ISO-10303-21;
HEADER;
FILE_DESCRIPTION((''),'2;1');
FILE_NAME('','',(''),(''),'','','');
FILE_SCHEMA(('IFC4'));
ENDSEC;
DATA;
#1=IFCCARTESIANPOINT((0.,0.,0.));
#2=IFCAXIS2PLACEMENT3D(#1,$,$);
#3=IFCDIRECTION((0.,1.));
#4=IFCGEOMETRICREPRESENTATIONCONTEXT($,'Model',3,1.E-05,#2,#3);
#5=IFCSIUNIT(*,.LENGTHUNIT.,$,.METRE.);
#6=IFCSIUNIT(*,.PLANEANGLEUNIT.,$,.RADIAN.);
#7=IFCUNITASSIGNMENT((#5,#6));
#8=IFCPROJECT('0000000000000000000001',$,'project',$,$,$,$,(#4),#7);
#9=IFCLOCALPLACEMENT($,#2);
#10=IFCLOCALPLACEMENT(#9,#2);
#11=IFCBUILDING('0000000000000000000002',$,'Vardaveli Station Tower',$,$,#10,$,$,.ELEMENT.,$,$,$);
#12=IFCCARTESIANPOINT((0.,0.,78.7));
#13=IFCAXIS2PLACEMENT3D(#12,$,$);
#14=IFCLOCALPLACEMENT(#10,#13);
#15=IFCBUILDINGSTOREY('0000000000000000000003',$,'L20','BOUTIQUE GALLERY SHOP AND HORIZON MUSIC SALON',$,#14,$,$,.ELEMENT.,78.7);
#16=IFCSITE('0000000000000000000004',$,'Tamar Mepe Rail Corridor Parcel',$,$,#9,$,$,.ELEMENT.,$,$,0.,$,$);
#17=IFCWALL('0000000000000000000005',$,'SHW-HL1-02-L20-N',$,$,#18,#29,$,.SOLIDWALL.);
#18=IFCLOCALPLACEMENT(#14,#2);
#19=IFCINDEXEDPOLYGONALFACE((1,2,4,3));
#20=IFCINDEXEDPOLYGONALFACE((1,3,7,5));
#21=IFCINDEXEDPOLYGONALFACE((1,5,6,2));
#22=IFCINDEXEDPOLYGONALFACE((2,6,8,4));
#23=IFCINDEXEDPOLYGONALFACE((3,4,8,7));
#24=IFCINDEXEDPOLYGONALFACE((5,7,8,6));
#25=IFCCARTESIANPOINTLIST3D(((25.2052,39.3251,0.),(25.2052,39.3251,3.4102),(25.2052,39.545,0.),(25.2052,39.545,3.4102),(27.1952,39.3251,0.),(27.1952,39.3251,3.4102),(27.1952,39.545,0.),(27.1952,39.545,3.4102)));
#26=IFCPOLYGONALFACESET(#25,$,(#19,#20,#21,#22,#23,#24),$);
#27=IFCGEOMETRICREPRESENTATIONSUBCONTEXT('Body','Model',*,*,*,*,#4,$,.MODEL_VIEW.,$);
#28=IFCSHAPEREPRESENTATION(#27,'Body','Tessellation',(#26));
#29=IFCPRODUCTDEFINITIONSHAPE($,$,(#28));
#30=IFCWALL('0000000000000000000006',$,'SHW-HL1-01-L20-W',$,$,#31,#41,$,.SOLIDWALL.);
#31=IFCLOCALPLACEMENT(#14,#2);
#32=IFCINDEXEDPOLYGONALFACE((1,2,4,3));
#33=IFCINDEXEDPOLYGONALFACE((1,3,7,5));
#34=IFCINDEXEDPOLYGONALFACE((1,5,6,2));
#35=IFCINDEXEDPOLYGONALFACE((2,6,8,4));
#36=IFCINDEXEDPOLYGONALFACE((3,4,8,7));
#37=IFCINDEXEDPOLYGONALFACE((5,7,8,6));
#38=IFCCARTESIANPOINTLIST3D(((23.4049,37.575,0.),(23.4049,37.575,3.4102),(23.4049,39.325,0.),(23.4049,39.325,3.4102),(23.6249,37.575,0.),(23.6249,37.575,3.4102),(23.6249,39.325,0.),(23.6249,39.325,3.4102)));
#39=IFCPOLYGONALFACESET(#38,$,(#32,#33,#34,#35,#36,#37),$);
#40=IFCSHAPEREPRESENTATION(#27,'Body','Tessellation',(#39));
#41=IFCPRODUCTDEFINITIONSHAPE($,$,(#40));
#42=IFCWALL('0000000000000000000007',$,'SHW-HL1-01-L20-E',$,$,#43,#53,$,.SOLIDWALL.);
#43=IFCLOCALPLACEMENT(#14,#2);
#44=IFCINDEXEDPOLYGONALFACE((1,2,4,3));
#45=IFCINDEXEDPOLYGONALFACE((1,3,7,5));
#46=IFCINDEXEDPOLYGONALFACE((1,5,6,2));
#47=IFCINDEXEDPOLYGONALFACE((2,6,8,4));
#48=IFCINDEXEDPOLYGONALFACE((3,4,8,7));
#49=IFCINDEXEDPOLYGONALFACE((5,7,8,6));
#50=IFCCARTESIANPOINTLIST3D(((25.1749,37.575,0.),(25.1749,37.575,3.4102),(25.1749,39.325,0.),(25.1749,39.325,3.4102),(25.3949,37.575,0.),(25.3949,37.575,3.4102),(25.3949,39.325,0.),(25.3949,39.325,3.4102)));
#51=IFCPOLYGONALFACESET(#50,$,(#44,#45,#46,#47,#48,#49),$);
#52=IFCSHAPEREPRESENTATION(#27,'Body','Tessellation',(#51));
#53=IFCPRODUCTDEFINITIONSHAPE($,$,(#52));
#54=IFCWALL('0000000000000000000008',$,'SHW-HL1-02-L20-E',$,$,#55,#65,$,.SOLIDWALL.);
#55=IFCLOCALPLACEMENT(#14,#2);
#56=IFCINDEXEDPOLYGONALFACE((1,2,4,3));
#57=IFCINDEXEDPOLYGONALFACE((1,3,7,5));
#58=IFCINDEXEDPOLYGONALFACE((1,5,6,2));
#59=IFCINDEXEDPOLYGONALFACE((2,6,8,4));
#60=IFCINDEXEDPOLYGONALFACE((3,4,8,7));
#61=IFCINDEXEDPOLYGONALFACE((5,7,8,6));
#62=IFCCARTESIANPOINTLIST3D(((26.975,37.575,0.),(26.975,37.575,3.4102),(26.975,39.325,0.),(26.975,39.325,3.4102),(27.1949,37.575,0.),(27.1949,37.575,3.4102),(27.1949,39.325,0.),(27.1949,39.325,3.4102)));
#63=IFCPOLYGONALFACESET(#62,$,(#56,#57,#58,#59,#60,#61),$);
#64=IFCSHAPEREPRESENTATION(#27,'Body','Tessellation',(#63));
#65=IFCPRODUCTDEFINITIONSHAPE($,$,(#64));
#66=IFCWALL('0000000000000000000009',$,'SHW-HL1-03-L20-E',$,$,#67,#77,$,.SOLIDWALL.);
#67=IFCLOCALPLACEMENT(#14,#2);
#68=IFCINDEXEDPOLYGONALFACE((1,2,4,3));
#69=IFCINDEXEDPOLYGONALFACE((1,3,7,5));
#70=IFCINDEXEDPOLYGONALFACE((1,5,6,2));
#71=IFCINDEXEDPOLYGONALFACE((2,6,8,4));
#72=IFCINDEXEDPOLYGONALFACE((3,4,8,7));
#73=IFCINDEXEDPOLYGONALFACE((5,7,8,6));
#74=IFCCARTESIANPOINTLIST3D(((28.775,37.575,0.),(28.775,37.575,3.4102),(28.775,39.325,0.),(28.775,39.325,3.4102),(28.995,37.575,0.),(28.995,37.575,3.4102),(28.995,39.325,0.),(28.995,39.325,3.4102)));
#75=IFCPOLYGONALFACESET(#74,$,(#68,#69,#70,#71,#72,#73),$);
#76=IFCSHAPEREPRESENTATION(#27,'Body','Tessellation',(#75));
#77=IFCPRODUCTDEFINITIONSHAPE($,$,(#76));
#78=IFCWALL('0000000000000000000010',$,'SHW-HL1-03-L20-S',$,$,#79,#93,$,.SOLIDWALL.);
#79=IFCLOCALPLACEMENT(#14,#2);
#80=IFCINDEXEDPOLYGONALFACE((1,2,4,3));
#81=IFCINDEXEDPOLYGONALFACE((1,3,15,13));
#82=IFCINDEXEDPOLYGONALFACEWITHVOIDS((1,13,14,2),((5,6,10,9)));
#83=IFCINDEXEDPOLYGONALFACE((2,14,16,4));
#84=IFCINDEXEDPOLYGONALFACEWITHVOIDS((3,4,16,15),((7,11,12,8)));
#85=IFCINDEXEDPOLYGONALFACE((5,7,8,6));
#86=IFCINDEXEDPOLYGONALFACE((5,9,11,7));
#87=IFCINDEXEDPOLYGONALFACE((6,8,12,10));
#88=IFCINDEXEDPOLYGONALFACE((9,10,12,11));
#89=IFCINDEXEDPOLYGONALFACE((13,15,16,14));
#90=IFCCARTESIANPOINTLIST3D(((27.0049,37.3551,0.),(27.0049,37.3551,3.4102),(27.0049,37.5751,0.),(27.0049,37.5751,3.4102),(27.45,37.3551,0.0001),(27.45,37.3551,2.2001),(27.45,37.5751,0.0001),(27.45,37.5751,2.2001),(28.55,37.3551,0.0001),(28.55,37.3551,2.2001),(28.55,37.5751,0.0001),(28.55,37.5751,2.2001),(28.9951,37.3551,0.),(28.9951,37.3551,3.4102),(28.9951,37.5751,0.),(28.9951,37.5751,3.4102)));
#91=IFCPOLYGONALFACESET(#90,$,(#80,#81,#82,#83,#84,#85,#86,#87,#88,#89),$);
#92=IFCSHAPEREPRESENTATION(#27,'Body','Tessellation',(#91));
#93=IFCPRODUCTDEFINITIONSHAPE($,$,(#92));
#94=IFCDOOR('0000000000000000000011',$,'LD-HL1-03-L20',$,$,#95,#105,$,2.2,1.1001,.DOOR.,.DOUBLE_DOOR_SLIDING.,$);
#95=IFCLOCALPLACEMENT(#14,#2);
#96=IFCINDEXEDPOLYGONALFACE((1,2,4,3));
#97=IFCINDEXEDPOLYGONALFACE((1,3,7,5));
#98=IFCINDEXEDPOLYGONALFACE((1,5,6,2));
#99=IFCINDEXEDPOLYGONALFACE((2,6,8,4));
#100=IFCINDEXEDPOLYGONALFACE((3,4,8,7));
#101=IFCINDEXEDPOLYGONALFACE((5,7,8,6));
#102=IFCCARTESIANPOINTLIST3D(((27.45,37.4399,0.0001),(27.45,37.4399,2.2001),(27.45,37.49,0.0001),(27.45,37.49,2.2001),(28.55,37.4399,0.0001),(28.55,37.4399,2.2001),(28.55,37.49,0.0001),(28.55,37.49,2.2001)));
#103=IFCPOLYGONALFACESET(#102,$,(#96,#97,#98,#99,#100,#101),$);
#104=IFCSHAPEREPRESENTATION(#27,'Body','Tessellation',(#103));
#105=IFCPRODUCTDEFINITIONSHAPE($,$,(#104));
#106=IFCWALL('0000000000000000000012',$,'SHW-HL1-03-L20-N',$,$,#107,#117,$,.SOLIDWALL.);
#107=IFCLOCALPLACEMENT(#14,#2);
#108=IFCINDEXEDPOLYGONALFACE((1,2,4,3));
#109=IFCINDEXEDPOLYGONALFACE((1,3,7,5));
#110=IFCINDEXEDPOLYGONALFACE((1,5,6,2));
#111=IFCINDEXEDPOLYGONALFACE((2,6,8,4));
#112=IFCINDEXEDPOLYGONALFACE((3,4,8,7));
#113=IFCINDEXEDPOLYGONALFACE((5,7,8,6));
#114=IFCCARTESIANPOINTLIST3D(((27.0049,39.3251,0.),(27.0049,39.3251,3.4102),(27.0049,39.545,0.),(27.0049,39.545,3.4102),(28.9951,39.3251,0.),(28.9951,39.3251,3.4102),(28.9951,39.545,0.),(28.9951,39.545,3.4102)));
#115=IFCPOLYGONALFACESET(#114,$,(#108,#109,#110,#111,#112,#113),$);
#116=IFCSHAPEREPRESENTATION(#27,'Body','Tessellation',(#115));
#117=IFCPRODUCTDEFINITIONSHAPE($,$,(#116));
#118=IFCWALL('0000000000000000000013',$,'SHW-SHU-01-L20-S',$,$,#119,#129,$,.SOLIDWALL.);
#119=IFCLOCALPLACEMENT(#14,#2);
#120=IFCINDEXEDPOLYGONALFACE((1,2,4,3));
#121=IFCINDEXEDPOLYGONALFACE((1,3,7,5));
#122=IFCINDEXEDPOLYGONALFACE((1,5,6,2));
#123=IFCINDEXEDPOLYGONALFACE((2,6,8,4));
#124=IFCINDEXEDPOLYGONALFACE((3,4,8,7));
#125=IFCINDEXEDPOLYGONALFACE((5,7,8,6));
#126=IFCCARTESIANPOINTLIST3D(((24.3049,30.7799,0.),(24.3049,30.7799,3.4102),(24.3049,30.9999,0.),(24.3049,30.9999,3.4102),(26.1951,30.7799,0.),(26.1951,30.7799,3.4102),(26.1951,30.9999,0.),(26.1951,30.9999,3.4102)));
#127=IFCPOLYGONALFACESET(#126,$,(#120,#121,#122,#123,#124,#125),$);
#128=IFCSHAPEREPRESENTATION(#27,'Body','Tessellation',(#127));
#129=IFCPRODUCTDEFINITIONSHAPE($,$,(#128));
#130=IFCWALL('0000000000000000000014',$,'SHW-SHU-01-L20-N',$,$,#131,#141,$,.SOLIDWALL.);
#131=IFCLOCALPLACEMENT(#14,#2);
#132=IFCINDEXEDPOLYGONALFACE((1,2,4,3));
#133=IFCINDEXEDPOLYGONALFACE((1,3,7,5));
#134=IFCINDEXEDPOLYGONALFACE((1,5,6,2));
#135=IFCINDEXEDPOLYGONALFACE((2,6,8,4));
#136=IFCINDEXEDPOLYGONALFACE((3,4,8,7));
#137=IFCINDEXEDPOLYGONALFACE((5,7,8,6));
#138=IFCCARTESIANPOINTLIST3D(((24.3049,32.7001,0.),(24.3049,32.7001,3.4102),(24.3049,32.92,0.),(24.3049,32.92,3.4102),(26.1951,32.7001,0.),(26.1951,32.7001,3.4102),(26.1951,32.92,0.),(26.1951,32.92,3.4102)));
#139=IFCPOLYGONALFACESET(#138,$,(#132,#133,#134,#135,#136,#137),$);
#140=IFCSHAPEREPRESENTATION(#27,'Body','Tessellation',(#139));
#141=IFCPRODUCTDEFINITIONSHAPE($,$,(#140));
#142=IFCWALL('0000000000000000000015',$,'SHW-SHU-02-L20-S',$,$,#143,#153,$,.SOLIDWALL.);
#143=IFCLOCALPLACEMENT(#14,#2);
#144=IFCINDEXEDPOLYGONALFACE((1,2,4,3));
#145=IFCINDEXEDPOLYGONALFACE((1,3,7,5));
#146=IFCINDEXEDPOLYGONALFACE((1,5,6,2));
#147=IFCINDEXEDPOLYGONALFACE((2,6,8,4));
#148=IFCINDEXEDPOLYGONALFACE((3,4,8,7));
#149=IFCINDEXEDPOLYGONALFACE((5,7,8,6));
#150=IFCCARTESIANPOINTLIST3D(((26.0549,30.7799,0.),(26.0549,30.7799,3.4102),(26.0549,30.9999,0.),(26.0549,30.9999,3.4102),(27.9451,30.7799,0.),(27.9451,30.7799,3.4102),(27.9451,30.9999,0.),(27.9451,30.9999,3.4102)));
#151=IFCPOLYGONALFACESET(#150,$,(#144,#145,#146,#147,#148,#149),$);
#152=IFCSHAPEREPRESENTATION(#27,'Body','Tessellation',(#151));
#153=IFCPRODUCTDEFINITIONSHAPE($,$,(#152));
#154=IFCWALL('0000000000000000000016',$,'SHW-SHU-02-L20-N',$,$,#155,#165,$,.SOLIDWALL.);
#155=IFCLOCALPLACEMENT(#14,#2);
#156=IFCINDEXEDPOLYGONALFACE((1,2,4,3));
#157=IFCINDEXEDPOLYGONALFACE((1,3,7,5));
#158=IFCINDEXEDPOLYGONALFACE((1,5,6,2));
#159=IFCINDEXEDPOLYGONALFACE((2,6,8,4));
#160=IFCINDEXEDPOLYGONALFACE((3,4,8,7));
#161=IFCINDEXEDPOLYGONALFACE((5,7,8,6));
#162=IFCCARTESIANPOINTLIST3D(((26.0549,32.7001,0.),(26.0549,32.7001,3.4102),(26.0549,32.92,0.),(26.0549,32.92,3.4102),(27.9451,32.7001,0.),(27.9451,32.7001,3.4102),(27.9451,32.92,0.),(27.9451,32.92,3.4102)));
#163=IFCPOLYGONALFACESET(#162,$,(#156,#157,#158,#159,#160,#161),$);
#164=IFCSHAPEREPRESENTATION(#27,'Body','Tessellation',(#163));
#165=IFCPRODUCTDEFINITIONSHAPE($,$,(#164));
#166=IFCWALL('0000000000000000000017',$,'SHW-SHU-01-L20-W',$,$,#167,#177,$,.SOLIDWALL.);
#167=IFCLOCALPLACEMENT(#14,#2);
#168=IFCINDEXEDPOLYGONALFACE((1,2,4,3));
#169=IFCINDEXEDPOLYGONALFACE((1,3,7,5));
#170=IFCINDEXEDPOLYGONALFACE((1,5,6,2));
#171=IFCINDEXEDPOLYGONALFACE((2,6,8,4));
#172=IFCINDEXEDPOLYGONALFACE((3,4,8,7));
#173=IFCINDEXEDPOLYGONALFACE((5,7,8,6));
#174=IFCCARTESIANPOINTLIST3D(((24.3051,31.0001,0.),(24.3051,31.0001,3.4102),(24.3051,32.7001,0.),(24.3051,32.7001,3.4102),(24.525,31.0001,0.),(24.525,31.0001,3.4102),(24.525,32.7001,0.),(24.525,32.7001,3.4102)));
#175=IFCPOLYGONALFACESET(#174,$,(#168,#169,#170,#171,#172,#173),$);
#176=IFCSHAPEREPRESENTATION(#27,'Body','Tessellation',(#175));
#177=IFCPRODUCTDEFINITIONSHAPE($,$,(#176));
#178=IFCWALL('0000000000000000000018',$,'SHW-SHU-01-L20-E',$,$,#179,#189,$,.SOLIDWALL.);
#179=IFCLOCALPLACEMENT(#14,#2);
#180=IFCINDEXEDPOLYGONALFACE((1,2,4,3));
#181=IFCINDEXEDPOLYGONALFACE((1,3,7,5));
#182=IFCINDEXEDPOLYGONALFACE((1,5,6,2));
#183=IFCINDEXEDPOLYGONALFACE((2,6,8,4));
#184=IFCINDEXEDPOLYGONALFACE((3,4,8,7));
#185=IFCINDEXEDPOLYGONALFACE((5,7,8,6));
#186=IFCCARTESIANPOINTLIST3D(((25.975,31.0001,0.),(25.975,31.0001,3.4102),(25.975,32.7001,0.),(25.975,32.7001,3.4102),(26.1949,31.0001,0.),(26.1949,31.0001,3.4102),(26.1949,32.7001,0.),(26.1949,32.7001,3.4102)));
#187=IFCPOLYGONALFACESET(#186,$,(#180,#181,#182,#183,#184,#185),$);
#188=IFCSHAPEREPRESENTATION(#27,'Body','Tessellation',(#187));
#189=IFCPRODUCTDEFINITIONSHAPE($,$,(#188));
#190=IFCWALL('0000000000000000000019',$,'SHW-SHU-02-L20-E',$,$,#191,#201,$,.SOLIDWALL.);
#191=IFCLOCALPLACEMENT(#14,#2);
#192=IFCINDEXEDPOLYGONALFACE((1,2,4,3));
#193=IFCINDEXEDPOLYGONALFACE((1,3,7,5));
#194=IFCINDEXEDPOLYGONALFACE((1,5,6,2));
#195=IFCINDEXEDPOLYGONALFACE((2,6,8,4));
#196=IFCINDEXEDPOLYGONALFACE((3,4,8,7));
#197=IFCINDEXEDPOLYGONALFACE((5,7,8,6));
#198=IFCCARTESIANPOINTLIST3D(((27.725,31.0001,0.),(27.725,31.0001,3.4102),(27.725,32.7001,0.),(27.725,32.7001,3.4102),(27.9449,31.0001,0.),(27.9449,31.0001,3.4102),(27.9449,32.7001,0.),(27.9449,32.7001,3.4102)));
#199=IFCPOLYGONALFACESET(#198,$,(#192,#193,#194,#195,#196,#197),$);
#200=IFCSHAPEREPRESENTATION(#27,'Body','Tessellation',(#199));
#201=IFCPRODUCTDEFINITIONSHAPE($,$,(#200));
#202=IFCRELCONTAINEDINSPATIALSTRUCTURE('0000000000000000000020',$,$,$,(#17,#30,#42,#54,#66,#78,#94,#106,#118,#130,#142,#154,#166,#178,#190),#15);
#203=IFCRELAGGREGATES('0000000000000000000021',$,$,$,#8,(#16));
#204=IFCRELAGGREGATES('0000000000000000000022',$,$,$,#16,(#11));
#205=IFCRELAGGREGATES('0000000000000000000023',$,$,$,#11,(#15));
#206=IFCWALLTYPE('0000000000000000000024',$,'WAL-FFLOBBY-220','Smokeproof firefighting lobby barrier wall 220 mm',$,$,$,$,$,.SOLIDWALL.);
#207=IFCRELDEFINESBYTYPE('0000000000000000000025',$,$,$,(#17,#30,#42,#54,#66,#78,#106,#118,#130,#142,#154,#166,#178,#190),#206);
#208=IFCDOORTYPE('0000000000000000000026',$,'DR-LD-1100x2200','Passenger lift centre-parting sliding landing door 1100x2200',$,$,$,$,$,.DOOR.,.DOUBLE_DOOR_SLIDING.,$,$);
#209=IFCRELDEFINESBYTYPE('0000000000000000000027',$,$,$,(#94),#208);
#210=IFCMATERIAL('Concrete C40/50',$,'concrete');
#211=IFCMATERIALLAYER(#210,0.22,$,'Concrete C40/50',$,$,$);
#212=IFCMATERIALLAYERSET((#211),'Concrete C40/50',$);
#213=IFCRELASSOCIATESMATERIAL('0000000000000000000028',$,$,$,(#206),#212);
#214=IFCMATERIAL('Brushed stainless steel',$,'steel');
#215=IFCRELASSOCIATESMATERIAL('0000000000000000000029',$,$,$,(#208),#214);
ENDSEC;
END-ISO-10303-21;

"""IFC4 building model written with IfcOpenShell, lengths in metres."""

from ifc_helpers import new_model, si_unit, direction, frame, frame_2d, origin, place, context, subcontext, project, spatial, rectangle, extrude, source, transform, mapped, material, layer, layer_set, type_object, element, fill, save


model = new_model("IFC4")

# Units and contexts
model_context = context("Model", 3, precision=1e-05, world=origin(), true_north=direction((0.0, 1.0)))
body_context = subcontext(model_context, "Body", "Model", "MODEL_VIEW")
ifc_project = project(units=[si_unit("LENGTHUNIT", "METRE"), si_unit("PLANEANGLEUNIT", "RADIAN")], contexts=[model_context])

# Site, building, storey
site_placement = place(None, origin())
site = spatial("IfcSite", under=ifc_project, at=site_placement, Name="Tamar Mepe Rail Corridor Parcel", CompositionType="ELEMENT", RefElevation=0.0)
building_placement = place(site_placement, origin())
building = spatial("IfcBuilding", under=site, at=building_placement, Name="Vardaveli Station Tower", CompositionType="ELEMENT")
storey_placement = place(building_placement, frame((0.0, 0.0, 78.7)))
storey = spatial("IfcBuildingStorey", under=building, at=storey_placement, Name="L20", Description="BOUTIQUE GALLERY SHOP AND HORIZON MUSIC SALON", CompositionType="ELEMENT", Elevation=78.7)

# Shared definitions
ifc_material_1 = material(Name="Concrete C40/50", Category="concrete")
ifc_layer_1 = layer(ifc_material_1, 0.22, Name="Concrete C40/50")
ifc_layer_set_1 = layer_set([ifc_layer_1], Name="Concrete C40/50")
wall_type_1 = type_object("IfcWallType", Name="WAL-FFLOBBY-220", Description="Smokeproof firefighting lobby barrier wall 220 mm", PredefinedType="SOLIDWALL", material=ifc_layer_set_1)
shared_shape_1 = source(origin(), body_context, "Body", "SweptSolid", [
    extrude(rectangle(XDim=1.99, YDim=0.22, at=frame_2d((0.9951, 0.0))), origin(), (0.0, 0.0, 1.0), 3.4102),
])
shared_shape_2 = source(origin(), body_context, "Body", "SweptSolid", [
    extrude(rectangle(XDim=1.1001, YDim=2.2, at=frame_2d((0.55, 1.1001))), frame((0.0, 0.1201, 0.0), z_axis=(0.0, -1.0, 0.0), x_axis=(1.0, 0.0, 0.0)), (0.0, 0.0, 1.0), 0.24),
])
ifc_material_2 = material(Name="Brushed stainless steel", Category="steel")
door_type = type_object("IfcDoorType", Name="DR-LD-1100x2200", Description="Passenger lift centre-parting sliding landing door 1100x2200", OperationType="DOUBLE_DOOR_SLIDING", PredefinedType="DOOR", material=ifc_material_2)
shared_shape_3 = source(origin(), body_context, "Body", "SweptSolid", [
    extrude(rectangle(XDim=1.1001, YDim=2.2, at=frame_2d((0.55, 1.1001))), frame((0.0, 0.0249, 0.0), z_axis=(0.0, -1.0, 0.0), x_axis=(1.0, 0.0, 0.0)), (0.0, 0.0, 1.0), 0.05),
])

# Walls
wall_1_placement = place(storey_placement, frame((25.2051, 39.4351, 0.0), z_axis=(0.0, 0.0, 1.0), x_axis=(1.0, 0.0, 0.0)))
element("IfcWall", 1, at=wall_1_placement, inside=storey, type_object=wall_type_1, Name="SHW-HL1-02-L20-N", PredefinedType="SOLIDWALL", context=body_context, shape_type="MappedRepresentation", body=[
    mapped(shared_shape_1, transform((0.0, 0.0, 0.0), scale=1.0)),
])
shared_shape_4 = source(origin(), body_context, "Body", "SweptSolid", [
    extrude(rectangle(XDim=1.75, YDim=0.22, at=frame_2d((0.875, 0.0))), origin(), (0.0, 0.0, 1.0), 3.4102),
])
for number, where, z_axis, x_axis, name in (
    (2, (23.5149, 37.575, 0.0), (0.0, 0.0, 1.0), (0.0, 1.0, 0.0), "SHW-HL1-01-L20-W"),
    (3, (25.2849, 37.575, 0.0), (0.0, 0.0, 1.0), (0.0, 1.0, 0.0), "SHW-HL1-01-L20-E"),
    (4, (27.085, 37.575, 0.0), (0.0, 0.0, 1.0), (0.0, 1.0, 0.0), "SHW-HL1-02-L20-E"),
    (5, (28.885, 37.575, 0.0), (0.0, 0.0, 1.0), (0.0, 1.0, 0.0), "SHW-HL1-03-L20-E"),
):
    element("IfcWall", number, at=place(storey_placement, frame(where, z_axis=z_axis, x_axis=x_axis)), inside=storey, type_object=wall_type_1, Name=name, PredefinedType="SOLIDWALL", context=body_context, shape_type="MappedRepresentation", body=[
        mapped(shared_shape_4, transform((0.0, 0.0, 0.0), scale=1.0)),
    ])

# Wall, opening, door
shared_shape_5 = source(origin(), body_context, "Body", "SweptSolid", [
    extrude(rectangle(XDim=1.9902, YDim=0.22, at=frame_2d((0.9951, 0.0))), origin(), (0.0, 0.0, 1.0), 3.4102),
])
wall_2_placement = place(storey_placement, frame((27.0049, 37.4651, 0.0), z_axis=(0.0, 0.0, 1.0), x_axis=(1.0, 0.0, 0.0)))
wall_2 = element("IfcWall", 6, at=wall_2_placement, inside=storey, type_object=wall_type_1, Name="SHW-HL1-03-L20-S", PredefinedType="SOLIDWALL", context=body_context, shape_type="MappedRepresentation", body=[
    mapped(shared_shape_5, transform((0.0, 0.0, 0.0), scale=1.0)),
])
opening_1_placement = place(wall_2_placement, frame((0.4451, 0.0, 0.0)))
opening_1 = element("IfcOpeningElement", 7, at=opening_1_placement, cuts=wall_2, PredefinedType="OPENING", context=body_context, shape_type="MappedRepresentation", body=[
    mapped(shared_shape_2, transform((0.0, 0.0, 0.0), scale=1.0)),
])
door_1_placement = place(opening_1_placement, origin())
door_1 = element("IfcDoor", 8, at=door_1_placement, inside=storey, type_object=door_type, Name="LD-HL1-03-L20", OperationType="DOUBLE_DOOR_SLIDING", OverallHeight=2.2, OverallWidth=1.1001, PredefinedType="DOOR", context=body_context, shape_type="MappedRepresentation", body=[
    mapped(shared_shape_3, transform((0.0, 0.0, 0.0), scale=1.0)),
])
fill(opening_1, door_1)

# Walls
wall_3_placement = place(storey_placement, frame((27.0049, 39.4351, 0.0), z_axis=(0.0, 0.0, 1.0), x_axis=(1.0, 0.0, 0.0)))
element("IfcWall", 9, at=wall_3_placement, inside=storey, type_object=wall_type_1, Name="SHW-HL1-03-L20-N", PredefinedType="SOLIDWALL", context=body_context, shape_type="MappedRepresentation", body=[
    mapped(shared_shape_5, transform((0.0, 0.0, 0.0), scale=1.0)),
])
shared_shape_6 = source(origin(), body_context, "Body", "SweptSolid", [
    extrude(rectangle(XDim=1.8901, YDim=0.22, at=frame_2d((0.9451, 0.0))), origin(), (0.0, 0.0, 1.0), 3.4102),
])
for number, where, z_axis, x_axis, name in (
    (10, (24.3049, 30.8899, 0.0), (0.0, 0.0, 1.0), (1.0, 0.0, 0.0), "SHW-SHU-01-L20-S"),
    (11, (24.3049, 32.8101, 0.0), (0.0, 0.0, 1.0), (1.0, 0.0, 0.0), "SHW-SHU-01-L20-N"),
    (12, (26.0549, 30.8899, 0.0), (0.0, 0.0, 1.0), (1.0, 0.0, 0.0), "SHW-SHU-02-L20-S"),
    (13, (26.0549, 32.8101, 0.0), (0.0, 0.0, 1.0), (1.0, 0.0, 0.0), "SHW-SHU-02-L20-N"),
):
    element("IfcWall", number, at=place(storey_placement, frame(where, z_axis=z_axis, x_axis=x_axis)), inside=storey, type_object=wall_type_1, Name=name, PredefinedType="SOLIDWALL", context=body_context, shape_type="MappedRepresentation", body=[
        mapped(shared_shape_6, transform((0.0, 0.0, 0.0), scale=1.0)),
    ])
shared_shape_7 = source(origin(), body_context, "Body", "SweptSolid", [
    extrude(rectangle(XDim=1.7, YDim=0.22, at=frame_2d((0.8501, 0.0))), origin(), (0.0, 0.0, 1.0), 3.4102),
])
for number, where, z_axis, x_axis, name in (
    (14, (24.415, 31.0, 0.0), (0.0, 0.0, 1.0), (0.0, 1.0, 0.0), "SHW-SHU-01-L20-W"),
    (15, (26.085, 31.0, 0.0), (0.0, 0.0, 1.0), (0.0, 1.0, 0.0), "SHW-SHU-01-L20-E"),
    (16, (27.835, 31.0, 0.0), (0.0, 0.0, 1.0), (0.0, 1.0, 0.0), "SHW-SHU-02-L20-E"),
):
    element("IfcWall", number, at=place(storey_placement, frame(where, z_axis=z_axis, x_axis=x_axis)), inside=storey, type_object=wall_type_1, Name=name, PredefinedType="SOLIDWALL", context=body_context, shape_type="MappedRepresentation", body=[
        mapped(shared_shape_7, transform((0.0, 0.0, 0.0), scale=1.0)),
    ])

save(model, "model.ifc")
